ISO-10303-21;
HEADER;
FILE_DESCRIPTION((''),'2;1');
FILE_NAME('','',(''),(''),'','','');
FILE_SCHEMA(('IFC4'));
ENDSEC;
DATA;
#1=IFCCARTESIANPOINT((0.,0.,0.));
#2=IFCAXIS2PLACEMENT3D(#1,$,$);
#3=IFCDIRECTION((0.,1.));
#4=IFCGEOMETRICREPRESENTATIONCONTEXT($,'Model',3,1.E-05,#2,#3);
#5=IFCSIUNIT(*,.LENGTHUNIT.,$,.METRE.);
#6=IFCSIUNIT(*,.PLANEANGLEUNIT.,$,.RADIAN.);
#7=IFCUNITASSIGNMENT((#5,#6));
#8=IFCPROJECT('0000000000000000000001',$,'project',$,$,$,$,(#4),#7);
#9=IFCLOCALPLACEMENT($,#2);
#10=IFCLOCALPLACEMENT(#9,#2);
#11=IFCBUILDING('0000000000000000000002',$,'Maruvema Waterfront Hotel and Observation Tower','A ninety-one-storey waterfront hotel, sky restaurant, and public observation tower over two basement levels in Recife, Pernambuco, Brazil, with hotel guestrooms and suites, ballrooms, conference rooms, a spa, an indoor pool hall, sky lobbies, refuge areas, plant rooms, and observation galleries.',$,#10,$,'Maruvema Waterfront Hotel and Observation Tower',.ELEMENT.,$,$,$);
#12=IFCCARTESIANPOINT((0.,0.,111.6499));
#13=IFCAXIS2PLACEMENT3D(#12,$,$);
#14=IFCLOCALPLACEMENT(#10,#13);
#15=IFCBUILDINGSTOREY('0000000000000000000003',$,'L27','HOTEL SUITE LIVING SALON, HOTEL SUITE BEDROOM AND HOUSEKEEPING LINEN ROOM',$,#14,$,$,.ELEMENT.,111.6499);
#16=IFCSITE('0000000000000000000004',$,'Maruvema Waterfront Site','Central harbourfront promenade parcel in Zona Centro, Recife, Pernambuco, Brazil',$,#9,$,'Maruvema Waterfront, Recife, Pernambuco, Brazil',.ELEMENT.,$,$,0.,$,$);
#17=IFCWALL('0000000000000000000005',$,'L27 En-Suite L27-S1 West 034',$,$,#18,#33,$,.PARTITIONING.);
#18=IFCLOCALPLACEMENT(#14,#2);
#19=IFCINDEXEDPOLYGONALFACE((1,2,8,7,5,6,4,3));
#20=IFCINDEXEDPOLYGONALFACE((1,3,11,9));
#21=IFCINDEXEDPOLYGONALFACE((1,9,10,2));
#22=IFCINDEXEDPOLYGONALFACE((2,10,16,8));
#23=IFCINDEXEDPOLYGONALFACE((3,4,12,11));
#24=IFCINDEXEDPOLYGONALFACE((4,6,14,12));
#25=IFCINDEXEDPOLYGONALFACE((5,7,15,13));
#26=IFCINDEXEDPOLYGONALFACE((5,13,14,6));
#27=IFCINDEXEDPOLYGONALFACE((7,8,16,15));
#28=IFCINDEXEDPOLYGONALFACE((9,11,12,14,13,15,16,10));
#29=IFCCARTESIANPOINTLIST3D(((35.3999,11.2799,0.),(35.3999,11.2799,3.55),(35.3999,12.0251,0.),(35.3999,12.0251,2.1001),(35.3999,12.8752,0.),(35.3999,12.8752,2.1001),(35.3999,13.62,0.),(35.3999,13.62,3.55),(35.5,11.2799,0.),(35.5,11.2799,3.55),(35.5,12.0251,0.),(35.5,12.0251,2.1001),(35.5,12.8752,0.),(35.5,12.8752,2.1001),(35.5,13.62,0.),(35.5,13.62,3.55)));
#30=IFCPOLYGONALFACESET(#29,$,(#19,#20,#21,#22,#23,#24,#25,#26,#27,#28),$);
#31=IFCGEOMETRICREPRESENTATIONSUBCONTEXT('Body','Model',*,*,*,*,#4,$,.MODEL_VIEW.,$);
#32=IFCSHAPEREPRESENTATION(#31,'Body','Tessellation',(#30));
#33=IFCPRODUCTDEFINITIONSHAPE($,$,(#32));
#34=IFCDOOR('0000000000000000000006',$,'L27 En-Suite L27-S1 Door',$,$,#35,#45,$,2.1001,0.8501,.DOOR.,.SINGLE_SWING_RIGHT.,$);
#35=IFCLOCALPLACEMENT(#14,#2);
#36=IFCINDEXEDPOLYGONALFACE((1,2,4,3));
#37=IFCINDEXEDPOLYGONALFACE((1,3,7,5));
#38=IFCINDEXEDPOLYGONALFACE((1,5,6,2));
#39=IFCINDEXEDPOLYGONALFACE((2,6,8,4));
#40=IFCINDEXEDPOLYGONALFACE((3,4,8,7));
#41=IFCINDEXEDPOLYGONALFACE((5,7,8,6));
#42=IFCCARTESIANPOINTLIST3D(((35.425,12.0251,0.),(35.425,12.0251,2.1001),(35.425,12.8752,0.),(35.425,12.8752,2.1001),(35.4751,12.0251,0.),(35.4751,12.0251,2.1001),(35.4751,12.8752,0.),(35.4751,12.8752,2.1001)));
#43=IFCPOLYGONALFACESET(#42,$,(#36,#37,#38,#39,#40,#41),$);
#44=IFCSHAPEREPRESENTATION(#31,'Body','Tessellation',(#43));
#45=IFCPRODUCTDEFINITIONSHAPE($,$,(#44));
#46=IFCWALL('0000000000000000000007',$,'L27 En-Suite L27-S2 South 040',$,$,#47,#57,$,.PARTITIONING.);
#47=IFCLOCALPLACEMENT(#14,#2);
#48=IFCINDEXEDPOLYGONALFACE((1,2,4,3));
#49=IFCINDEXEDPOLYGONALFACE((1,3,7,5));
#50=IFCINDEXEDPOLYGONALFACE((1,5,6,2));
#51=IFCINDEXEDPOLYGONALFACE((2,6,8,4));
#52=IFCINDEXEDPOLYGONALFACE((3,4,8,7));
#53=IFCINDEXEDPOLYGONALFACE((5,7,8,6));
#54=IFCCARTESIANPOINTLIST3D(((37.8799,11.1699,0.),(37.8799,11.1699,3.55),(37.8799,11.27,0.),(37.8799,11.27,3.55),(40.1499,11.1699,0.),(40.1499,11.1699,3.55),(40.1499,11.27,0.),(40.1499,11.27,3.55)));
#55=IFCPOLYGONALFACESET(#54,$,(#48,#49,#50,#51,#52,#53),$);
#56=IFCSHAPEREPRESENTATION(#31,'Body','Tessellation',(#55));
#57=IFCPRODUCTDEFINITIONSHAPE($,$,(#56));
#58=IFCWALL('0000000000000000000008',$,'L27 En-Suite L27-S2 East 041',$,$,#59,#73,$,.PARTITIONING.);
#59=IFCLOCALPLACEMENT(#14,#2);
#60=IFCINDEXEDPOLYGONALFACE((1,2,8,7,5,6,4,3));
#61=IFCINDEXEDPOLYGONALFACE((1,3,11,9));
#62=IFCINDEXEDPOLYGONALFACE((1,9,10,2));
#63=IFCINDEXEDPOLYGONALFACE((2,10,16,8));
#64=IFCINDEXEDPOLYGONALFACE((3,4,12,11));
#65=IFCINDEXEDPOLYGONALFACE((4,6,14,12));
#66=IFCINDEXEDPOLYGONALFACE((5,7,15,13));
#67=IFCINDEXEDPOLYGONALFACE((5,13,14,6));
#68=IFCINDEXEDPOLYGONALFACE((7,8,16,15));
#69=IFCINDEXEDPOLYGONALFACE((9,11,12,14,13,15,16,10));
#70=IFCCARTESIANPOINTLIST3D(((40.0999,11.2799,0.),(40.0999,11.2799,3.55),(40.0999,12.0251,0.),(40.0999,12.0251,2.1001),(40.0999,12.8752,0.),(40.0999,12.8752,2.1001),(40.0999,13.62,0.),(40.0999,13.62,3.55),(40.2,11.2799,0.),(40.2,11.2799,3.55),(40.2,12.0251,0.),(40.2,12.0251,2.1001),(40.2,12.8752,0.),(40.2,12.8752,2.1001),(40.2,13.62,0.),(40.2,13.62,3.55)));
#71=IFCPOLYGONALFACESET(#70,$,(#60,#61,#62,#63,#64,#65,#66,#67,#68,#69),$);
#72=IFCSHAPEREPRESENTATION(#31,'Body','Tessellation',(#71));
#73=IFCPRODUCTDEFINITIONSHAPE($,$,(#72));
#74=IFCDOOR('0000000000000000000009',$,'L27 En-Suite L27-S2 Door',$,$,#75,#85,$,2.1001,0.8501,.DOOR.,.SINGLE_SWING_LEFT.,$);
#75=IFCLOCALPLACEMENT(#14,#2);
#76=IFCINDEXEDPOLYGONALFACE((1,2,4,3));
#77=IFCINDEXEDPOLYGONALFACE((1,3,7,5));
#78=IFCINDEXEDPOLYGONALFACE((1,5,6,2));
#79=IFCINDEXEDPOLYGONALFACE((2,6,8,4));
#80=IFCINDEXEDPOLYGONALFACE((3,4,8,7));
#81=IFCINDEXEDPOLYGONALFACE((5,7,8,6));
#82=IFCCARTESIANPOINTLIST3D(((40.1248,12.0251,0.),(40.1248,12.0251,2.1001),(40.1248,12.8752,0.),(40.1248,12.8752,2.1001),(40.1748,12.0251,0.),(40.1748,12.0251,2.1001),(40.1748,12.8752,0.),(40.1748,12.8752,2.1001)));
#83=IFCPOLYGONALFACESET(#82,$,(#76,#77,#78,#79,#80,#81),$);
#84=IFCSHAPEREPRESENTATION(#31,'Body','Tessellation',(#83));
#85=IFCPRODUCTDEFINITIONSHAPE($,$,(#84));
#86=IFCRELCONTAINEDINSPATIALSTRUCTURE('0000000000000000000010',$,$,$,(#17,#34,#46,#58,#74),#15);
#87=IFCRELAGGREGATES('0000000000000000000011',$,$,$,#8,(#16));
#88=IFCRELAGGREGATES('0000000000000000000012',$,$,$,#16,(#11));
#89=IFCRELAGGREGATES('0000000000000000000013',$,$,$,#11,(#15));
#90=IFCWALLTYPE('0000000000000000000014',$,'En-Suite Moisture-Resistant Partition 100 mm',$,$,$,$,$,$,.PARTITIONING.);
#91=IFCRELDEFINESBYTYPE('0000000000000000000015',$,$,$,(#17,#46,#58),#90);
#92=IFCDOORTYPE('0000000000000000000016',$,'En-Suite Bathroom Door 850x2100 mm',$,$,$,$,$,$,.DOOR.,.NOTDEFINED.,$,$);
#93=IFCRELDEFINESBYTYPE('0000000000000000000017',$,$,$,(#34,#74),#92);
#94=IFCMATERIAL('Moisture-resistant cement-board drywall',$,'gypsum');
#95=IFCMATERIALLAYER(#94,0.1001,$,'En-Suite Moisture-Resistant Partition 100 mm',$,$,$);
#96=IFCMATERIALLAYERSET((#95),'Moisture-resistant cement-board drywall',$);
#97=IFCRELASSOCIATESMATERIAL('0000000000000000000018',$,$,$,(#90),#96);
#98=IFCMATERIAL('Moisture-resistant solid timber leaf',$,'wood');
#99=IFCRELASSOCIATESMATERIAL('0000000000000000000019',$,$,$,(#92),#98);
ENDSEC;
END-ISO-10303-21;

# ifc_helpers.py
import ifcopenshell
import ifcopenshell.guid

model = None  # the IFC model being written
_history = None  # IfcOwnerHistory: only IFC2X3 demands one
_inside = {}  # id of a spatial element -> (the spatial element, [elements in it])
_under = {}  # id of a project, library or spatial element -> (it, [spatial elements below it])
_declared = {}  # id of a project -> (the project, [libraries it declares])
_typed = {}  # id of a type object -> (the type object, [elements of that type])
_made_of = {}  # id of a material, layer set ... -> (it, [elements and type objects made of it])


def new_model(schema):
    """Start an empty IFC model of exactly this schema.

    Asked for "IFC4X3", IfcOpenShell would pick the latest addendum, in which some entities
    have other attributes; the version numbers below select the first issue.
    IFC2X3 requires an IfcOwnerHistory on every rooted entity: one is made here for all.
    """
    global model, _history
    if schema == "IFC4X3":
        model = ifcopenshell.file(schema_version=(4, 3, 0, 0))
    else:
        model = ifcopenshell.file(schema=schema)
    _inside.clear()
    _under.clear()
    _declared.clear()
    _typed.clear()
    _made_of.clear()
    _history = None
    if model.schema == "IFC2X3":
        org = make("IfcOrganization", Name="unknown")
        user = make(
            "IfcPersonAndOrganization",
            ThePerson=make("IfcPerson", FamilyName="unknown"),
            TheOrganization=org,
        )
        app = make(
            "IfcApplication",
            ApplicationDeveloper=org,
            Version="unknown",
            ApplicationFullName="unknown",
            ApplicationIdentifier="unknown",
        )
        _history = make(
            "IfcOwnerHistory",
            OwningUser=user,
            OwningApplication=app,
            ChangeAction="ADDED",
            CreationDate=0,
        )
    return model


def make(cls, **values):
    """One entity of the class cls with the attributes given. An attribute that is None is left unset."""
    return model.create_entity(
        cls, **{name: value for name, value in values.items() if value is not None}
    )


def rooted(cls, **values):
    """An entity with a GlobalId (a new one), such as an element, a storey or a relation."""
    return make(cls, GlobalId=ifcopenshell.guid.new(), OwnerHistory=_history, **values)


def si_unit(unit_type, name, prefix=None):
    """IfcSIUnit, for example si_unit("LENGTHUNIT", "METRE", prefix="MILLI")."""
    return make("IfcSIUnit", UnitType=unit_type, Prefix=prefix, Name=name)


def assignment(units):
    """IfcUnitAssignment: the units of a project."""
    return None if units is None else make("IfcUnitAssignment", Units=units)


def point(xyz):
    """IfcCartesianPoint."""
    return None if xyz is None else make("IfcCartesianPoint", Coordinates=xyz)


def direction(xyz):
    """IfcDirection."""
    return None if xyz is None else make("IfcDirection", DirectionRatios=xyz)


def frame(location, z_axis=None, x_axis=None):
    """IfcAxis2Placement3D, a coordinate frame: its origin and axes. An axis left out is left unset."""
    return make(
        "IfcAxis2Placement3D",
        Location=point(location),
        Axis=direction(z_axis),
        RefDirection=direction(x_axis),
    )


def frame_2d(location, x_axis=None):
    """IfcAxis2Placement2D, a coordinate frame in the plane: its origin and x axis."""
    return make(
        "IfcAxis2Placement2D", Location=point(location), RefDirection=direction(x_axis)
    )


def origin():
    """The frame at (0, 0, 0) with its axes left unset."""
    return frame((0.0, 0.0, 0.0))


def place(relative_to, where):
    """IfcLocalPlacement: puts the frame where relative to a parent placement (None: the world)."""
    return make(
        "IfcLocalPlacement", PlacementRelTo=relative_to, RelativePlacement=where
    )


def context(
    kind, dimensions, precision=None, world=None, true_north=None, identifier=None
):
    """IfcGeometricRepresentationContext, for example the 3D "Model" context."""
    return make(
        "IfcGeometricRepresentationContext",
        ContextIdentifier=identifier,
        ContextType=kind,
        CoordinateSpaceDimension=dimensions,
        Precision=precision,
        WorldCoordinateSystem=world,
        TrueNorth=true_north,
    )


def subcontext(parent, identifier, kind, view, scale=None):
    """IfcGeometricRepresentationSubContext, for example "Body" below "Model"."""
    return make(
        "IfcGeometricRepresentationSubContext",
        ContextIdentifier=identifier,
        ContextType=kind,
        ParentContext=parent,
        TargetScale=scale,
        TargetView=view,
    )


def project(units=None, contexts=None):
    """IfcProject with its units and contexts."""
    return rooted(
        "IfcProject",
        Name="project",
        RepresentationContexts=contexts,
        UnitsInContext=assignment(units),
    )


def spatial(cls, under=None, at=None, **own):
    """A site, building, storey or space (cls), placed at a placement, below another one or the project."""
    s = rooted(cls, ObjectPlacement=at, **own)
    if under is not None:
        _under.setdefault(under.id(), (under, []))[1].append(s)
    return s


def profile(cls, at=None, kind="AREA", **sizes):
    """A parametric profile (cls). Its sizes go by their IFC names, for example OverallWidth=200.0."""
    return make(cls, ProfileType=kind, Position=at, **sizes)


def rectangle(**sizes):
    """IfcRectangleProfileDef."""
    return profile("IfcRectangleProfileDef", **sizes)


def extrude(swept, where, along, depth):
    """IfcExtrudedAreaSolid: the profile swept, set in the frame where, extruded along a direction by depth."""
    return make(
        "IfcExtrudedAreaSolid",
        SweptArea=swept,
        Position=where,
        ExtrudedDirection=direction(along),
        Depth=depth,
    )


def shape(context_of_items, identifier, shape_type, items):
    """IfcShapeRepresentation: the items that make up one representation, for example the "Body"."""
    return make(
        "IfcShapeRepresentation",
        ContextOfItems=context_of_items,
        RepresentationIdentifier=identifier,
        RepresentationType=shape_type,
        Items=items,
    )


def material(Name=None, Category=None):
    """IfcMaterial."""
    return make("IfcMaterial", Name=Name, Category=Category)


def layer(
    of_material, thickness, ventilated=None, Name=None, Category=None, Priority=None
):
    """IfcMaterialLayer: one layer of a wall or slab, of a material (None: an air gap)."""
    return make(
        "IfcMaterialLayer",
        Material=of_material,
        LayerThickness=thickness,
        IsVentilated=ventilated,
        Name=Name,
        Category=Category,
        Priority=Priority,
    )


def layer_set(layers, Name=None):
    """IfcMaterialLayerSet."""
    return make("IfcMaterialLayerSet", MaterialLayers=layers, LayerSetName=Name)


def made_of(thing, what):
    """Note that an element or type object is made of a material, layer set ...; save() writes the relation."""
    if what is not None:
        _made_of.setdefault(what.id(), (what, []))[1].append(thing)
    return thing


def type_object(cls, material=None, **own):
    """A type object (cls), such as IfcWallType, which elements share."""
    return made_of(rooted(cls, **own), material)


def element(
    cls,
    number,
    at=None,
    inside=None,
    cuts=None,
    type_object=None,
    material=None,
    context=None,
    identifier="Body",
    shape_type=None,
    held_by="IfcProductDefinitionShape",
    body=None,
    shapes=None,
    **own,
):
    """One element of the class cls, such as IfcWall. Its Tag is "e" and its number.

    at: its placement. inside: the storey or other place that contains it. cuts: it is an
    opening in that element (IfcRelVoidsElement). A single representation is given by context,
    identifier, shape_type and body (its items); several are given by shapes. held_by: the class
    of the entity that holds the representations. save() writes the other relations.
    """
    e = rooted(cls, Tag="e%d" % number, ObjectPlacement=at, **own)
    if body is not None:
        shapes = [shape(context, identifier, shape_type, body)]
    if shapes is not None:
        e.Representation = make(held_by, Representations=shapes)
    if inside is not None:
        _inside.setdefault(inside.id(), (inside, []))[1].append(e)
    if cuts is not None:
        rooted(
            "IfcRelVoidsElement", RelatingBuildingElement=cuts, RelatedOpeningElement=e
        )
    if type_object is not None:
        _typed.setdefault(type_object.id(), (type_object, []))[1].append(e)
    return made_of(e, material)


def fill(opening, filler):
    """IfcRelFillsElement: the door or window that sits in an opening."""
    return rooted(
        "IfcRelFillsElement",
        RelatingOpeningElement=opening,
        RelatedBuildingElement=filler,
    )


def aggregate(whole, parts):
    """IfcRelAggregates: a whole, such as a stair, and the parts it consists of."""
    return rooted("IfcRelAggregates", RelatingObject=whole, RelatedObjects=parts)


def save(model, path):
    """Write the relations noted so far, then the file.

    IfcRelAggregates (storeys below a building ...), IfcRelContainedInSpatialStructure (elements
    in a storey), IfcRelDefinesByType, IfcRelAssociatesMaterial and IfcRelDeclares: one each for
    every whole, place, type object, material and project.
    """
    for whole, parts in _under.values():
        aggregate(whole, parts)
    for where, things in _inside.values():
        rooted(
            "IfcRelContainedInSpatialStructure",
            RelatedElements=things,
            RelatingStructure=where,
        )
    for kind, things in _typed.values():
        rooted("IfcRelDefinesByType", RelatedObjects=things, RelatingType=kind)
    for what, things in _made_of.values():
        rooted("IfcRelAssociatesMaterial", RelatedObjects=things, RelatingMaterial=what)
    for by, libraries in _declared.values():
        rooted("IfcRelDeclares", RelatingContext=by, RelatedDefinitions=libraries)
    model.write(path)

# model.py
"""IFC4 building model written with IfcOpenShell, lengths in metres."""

from ifc_helpers import new_model, si_unit, direction, frame, frame_2d, origin, place, context, subcontext, project, spatial, rectangle, extrude, material, layer, layer_set, type_object, element, fill, save


model = new_model("IFC4")

# Units and contexts
model_context = context("Model", 3, precision=1e-05, world=origin(), true_north=direction((0.0, 1.0)))
body_context = subcontext(model_context, "Body", "Model", "MODEL_VIEW")
ifc_project = project(units=[si_unit("LENGTHUNIT", "METRE"), si_unit("PLANEANGLEUNIT", "RADIAN")], contexts=[model_context])

# Site, building, storey
site_placement = place(None, origin())
site = spatial("IfcSite", under=ifc_project, at=site_placement, Name="Maruvema Waterfront Site", Description="Central harbourfront promenade parcel in Zona Centro, Recife, Pernambuco, Brazil", LongName="Maruvema Waterfront, Recife, Pernambuco, Brazil", CompositionType="ELEMENT", RefElevation=0.0)
building_placement = place(site_placement, origin())
building = spatial("IfcBuilding", under=site, at=building_placement, Name="Maruvema Waterfront Hotel and Observation Tower", Description="A ninety-one-storey waterfront hotel, sky restaurant, and public observation tower over two basement levels in Recife, Pernambuco, Brazil, with hotel guestrooms and suites, ballrooms, conference rooms, a spa, an indoor pool hall, sky lobbies, refuge areas, plant rooms, and observation galleries.", LongName="Maruvema Waterfront Hotel and Observation Tower", CompositionType="ELEMENT")
storey_placement = place(building_placement, frame((0.0, 0.0, 111.6499)))
storey = spatial("IfcBuildingStorey", under=building, at=storey_placement, Name="L27", Description="HOTEL SUITE LIVING SALON, HOTEL SUITE BEDROOM AND HOUSEKEEPING LINEN ROOM", CompositionType="ELEMENT", Elevation=111.6499)

# Shared definitions
ifc_material_1 = material(Name="Moisture-resistant cement-board drywall", Category="gypsum")
ifc_layer_1 = layer(ifc_material_1, 0.1001, Name="En-Suite Moisture-Resistant Partition 100 mm")
ifc_layer_set_1 = layer_set([ifc_layer_1], Name="Moisture-resistant cement-board drywall")
wall_type_1 = type_object("IfcWallType", Name="En-Suite Moisture-Resistant Partition 100 mm", PredefinedType="PARTITIONING", material=ifc_layer_set_1)

# Wall, opening, door
wall_1_placement = place(storey_placement, frame((35.45, 11.28, 0.0), z_axis=(0.0, 0.0, 1.0), x_axis=(0.0, 1.0, 0.0)))
wall_1 = element("IfcWall", 1, at=wall_1_placement, inside=storey, type_object=wall_type_1, Name="L27 En-Suite L27-S1 West 034", PredefinedType="PARTITIONING", context=body_context, shape_type="SweptSolid", body=[
    extrude(rectangle(XDim=2.3401, YDim=0.1001, at=frame_2d((1.1699, 0.0))), origin(), (0.0, 0.0, 1.0), 3.55),
])
opening_1_placement = place(wall_1_placement, frame((0.7451, 0.0, 0.0)))
opening_1 = element("IfcOpeningElement", 2, at=opening_1_placement, cuts=wall_1, PredefinedType="OPENING", context=body_context, shape_type="SweptSolid", body=[
    extrude(rectangle(XDim=0.8501, YDim=2.1001, at=frame_2d((0.425, 1.05))), frame((0.0, 0.0601, 0.0), z_axis=(0.0, -1.0, 0.0), x_axis=(1.0, 0.0, 0.0)), (0.0, 0.0, 1.0), 0.1201),
])
ifc_material_2 = material(Name="Moisture-resistant solid timber leaf", Category="wood")
door_type_1 = type_object("IfcDoorType", Name="En-Suite Bathroom Door 850x2100 mm", OperationType="NOTDEFINED", PredefinedType="DOOR", material=ifc_material_2)
door_1_placement = place(opening_1_placement, origin())
door_1 = element("IfcDoor", 3, at=door_1_placement, inside=storey, type_object=door_type_1, Name="L27 En-Suite L27-S1 Door", OperationType="SINGLE_SWING_RIGHT", OverallHeight=2.1001, OverallWidth=0.8501, PredefinedType="DOOR", context=body_context, shape_type="SweptSolid", body=[
    extrude(rectangle(XDim=0.8501, YDim=2.1001, at=frame_2d((0.425, 1.05))), frame((0.0, 0.0249, 0.0), z_axis=(0.0, -1.0, 0.0), x_axis=(1.0, 0.0, 0.0)), (0.0, 0.0, 1.0), 0.05),
])
fill(opening_1, door_1)

# Wall
wall_2_placement = place(storey_placement, frame((37.8799, 11.22, 0.0), z_axis=(0.0, 0.0, 1.0), x_axis=(1.0, 0.0, 0.0)))
element("IfcWall", 4, at=wall_2_placement, inside=storey, type_object=wall_type_1, Name="L27 En-Suite L27-S2 South 040", PredefinedType="PARTITIONING", context=body_context, shape_type="SweptSolid", body=[
    extrude(rectangle(XDim=2.27, YDim=0.1001, at=frame_2d((1.135, 0.0))), origin(), (0.0, 0.0, 1.0), 3.55),
])

# Wall, opening, door
wall_3_placement = place(storey_placement, frame((40.1499, 11.28, 0.0), z_axis=(0.0, 0.0, 1.0), x_axis=(0.0, 1.0, 0.0)))
wall_3 = element("IfcWall", 5, at=wall_3_placement, inside=storey, type_object=wall_type_1, Name="L27 En-Suite L27-S2 East 041", PredefinedType="PARTITIONING", context=body_context, shape_type="SweptSolid", body=[
    extrude(rectangle(XDim=2.3401, YDim=0.1001, at=frame_2d((1.1699, 0.0))), origin(), (0.0, 0.0, 1.0), 3.55),
])
opening_2_placement = place(wall_3_placement, frame((0.7451, 0.0, 0.0)))
opening_2 = element("IfcOpeningElement", 6, at=opening_2_placement, cuts=wall_3, PredefinedType="OPENING", context=body_context, shape_type="SweptSolid", body=[
    extrude(rectangle(XDim=0.8501, YDim=2.1001, at=frame_2d((0.425, 1.05))), frame((0.0, 0.0601, 0.0), z_axis=(0.0, -1.0, 0.0), x_axis=(1.0, 0.0, 0.0)), (0.0, 0.0, 1.0), 0.1201),
])
door_2_placement = place(opening_2_placement, frame((0.8501, 0.0, 0.0), z_axis=(0.0, 0.0, 1.0), x_axis=(-1.0, 0.0, 0.0)))
door_2 = element("IfcDoor", 7, at=door_2_placement, inside=storey, type_object=door_type_1, Name="L27 En-Suite L27-S2 Door", OperationType="SINGLE_SWING_LEFT", OverallHeight=2.1001, OverallWidth=0.8501, PredefinedType="DOOR", context=body_context, shape_type="SweptSolid", body=[
    extrude(rectangle(XDim=0.8501, YDim=2.1001, at=frame_2d((0.425, 1.05))), frame((0.0, 0.0249, 0.0), z_axis=(0.0, -1.0, 0.0), x_axis=(1.0, 0.0, 0.0)), (0.0, 0.0, 1.0), 0.05),
])
fill(opening_2, door_2)

save(model, "model.ifc")
